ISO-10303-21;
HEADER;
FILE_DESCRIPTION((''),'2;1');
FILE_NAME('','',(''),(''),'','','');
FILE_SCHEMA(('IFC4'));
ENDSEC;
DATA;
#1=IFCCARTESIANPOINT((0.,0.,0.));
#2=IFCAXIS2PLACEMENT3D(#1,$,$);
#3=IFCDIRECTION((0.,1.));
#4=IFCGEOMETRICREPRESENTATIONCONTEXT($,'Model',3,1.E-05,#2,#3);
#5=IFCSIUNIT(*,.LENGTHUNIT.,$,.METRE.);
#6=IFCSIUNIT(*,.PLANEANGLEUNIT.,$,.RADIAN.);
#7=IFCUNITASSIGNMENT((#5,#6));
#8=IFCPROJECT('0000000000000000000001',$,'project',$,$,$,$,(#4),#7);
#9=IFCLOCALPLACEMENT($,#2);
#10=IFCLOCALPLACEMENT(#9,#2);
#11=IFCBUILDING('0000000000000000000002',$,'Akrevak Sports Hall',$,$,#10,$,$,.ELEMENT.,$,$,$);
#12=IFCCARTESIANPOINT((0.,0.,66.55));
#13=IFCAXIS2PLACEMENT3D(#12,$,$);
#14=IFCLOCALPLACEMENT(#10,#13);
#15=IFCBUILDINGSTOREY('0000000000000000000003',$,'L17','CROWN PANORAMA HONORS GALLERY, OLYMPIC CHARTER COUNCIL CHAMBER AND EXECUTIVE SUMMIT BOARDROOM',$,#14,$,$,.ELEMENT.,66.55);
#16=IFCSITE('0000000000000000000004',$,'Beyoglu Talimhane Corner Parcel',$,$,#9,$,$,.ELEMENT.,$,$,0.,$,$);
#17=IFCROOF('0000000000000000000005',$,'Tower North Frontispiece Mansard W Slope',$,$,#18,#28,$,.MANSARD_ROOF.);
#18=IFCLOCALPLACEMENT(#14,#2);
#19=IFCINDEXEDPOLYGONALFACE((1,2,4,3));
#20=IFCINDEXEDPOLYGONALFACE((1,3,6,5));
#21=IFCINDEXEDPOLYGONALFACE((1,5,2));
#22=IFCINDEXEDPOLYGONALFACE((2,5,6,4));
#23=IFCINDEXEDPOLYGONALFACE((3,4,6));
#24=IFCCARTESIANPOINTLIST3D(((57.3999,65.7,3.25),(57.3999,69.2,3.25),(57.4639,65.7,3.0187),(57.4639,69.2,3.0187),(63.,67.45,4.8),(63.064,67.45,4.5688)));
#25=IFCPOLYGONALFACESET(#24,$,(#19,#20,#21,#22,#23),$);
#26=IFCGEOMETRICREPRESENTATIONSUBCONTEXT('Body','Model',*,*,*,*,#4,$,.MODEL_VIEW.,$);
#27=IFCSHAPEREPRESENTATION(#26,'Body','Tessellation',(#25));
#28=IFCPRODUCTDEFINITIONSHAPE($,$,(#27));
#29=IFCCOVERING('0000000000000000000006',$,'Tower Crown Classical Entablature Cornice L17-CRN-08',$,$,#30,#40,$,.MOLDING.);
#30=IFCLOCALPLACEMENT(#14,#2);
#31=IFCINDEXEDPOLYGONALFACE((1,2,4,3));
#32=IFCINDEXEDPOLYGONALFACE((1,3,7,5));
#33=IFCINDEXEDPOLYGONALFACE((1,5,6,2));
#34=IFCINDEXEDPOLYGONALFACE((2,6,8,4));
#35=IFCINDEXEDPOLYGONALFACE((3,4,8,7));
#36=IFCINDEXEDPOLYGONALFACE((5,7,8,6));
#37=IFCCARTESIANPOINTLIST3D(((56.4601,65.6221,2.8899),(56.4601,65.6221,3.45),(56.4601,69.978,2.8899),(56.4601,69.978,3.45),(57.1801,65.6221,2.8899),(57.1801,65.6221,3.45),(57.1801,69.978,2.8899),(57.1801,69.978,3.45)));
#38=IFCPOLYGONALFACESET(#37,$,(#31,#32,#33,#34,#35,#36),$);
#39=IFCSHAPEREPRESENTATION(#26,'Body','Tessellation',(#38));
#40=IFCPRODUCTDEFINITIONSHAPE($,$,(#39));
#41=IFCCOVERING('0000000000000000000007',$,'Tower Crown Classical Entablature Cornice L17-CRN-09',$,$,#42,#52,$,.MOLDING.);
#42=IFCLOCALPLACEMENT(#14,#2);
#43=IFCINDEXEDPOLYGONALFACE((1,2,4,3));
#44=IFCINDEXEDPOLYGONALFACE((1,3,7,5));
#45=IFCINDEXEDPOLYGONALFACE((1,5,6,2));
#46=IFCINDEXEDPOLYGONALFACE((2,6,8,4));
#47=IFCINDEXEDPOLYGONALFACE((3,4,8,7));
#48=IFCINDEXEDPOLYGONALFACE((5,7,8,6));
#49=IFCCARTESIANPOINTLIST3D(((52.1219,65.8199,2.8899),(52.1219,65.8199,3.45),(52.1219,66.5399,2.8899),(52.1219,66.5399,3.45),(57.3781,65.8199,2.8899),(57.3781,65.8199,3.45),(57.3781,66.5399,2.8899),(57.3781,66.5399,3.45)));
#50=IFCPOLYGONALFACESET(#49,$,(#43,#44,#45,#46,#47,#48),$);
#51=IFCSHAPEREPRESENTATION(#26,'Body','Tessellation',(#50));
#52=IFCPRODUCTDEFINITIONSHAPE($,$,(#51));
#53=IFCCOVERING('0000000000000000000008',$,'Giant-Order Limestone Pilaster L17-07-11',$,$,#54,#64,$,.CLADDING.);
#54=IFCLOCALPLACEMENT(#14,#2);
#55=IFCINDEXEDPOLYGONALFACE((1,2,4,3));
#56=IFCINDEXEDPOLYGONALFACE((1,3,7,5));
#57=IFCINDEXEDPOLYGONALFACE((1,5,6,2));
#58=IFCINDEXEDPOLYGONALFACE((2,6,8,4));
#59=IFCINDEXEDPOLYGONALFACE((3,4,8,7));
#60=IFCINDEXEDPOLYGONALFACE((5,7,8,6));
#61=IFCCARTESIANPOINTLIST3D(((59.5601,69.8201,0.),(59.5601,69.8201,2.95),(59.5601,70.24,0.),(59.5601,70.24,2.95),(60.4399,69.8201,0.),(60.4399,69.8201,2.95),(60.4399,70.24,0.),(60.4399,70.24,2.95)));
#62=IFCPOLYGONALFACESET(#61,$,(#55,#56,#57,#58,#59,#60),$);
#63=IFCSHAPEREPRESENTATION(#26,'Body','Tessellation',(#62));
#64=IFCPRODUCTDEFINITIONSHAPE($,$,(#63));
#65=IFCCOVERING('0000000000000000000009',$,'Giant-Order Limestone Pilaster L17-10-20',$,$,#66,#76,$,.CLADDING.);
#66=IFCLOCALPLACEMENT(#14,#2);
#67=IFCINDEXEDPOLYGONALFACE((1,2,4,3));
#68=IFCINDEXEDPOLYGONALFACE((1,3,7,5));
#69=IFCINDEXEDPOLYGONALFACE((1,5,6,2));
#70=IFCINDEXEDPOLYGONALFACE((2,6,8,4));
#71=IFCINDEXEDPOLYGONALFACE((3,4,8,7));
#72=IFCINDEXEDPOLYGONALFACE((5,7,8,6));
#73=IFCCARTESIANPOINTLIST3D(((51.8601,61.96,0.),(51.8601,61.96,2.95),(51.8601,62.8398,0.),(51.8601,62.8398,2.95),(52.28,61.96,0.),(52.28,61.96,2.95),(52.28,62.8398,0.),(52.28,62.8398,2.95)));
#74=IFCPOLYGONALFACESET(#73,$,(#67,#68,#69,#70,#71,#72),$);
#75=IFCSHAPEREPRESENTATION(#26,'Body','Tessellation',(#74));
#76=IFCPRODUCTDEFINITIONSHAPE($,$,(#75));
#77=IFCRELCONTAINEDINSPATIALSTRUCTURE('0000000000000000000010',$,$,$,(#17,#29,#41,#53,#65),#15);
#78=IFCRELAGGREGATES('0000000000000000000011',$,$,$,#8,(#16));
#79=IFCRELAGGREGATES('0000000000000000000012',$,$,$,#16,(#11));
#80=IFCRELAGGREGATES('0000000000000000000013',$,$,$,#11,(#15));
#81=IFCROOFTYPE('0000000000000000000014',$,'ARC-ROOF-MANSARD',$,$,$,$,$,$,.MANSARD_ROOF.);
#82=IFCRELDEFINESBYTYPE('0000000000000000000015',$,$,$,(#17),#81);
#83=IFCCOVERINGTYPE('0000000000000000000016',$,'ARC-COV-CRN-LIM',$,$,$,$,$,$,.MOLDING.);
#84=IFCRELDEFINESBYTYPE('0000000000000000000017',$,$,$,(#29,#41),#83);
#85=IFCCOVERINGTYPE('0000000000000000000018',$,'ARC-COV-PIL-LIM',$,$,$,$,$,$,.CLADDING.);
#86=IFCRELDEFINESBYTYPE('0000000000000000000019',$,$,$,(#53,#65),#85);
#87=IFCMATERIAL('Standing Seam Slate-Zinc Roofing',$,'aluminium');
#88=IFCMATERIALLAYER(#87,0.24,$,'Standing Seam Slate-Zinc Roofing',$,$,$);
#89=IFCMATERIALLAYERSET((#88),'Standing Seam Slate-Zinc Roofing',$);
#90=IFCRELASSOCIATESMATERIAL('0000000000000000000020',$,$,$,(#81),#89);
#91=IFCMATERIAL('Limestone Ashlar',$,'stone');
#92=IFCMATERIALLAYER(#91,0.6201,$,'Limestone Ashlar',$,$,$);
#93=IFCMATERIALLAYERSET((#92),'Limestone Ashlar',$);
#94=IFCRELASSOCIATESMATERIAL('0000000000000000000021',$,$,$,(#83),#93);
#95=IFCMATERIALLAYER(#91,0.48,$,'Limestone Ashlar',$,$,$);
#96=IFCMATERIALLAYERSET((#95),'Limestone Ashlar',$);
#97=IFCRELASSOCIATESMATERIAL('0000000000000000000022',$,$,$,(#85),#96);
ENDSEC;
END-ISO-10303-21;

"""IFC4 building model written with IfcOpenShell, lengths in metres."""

from ifc_helpers import new_model, si_unit, direction, frame, origin, origin_2d, place, context, subcontext, project, spatial, polyline, rectangle, outline, extrude, material, layer, layer_set, type_object, element, save


model = new_model("IFC4")

# Units and contexts
model_context = context("Model", 3, precision=1e-05, world=origin(), true_north=direction((0.0, 1.0)))
body_context = subcontext(model_context, "Body", "Model", "MODEL_VIEW")
ifc_project = project(units=[si_unit("LENGTHUNIT", "METRE"), si_unit("PLANEANGLEUNIT", "RADIAN")], contexts=[model_context])

# Site, building, storey
site_placement = place(None, origin())
site = spatial("IfcSite", under=ifc_project, at=site_placement, Name="Beyoglu Talimhane Corner Parcel", CompositionType="ELEMENT", RefElevation=0.0)
building_placement = place(site_placement, origin())
building = spatial("IfcBuilding", under=site, at=building_placement, Name="Akrevak Sports Hall", CompositionType="ELEMENT")
storey_placement = place(building_placement, frame((0.0, 0.0, 66.55)))
storey = spatial("IfcBuildingStorey", under=building, at=storey_placement, Name="L17", Description="CROWN PANORAMA HONORS GALLERY, OLYMPIC CHARTER COUNCIL CHAMBER AND EXECUTIVE SUMMIT BOARDROOM", CompositionType="ELEMENT", Elevation=66.55)

# Shared definitions
ifc_material_1 = material(Name="Limestone Ashlar", Category="stone")

# Roof
ifc_material_2 = material(Name="Standing Seam Slate-Zinc Roofing", Category="aluminium")
ifc_layer_1 = layer(ifc_material_2, 0.24, Name="Standing Seam Slate-Zinc Roofing")
ifc_layer_set_1 = layer_set([ifc_layer_1], Name="Standing Seam Slate-Zinc Roofing")
roof_type = type_object("IfcRoofType", Name="ARC-ROOF-MANSARD", PredefinedType="MANSARD_ROOF", material=ifc_layer_set_1)
roof_1_placement = place(storey_placement, frame((57.3999, 69.2, 3.25), z_axis=(-0.26676, 0.0, 0.963763), x_axis=(0.0, -1.0, 0.0)))
element("IfcRoof", 1, at=roof_1_placement, inside=storey, type_object=roof_type, Name="Tower North Frontispiece Mansard W Slope", PredefinedType="MANSARD_ROOF", context=body_context, shape_type="SweptSolid", body=[
    extrude(outline(polyline([(0.0, 0.0), (3.5, 0.0), (1.75, 5.8107), (0.0, 0.0)])), origin(), (0.0, 0.0, -1.0), 0.24),
])

# Coverings
ifc_layer_2 = layer(ifc_material_1, 0.6201, Name="Limestone Ashlar")
ifc_layer_set_2 = layer_set([ifc_layer_2], Name="Limestone Ashlar")
covering_type_1 = type_object("IfcCoveringType", Name="ARC-COV-CRN-LIM", PredefinedType="MOLDING", material=ifc_layer_set_2)
covering_1_placement = place(storey_placement, frame((56.8201, 67.8, 2.8899), z_axis=(0.0, 0.0, 1.0), x_axis=(0.0, -1.0, 0.0)))
element("IfcCovering", 2, at=covering_1_placement, inside=storey, type_object=covering_type_1, Name="Tower Crown Classical Entablature Cornice L17-CRN-08", PredefinedType="MOLDING", context=body_context, shape_type="SweptSolid", body=[
    extrude(rectangle(XDim=4.356, YDim=0.72, at=origin_2d()), origin(), (0.0, 0.0, 1.0), 0.5601),
])
covering_2_placement = place(storey_placement, frame((54.75, 66.1799, 2.8899), z_axis=(0.0, 0.0, 1.0), x_axis=(-1.0, 0.0, 0.0)))
element("IfcCovering", 3, at=covering_2_placement, inside=storey, type_object=covering_type_1, Name="Tower Crown Classical Entablature Cornice L17-CRN-09", PredefinedType="MOLDING", context=body_context, shape_type="SweptSolid", body=[
    extrude(rectangle(XDim=5.2561, YDim=0.72, at=origin_2d()), origin(), (0.0, 0.0, 1.0), 0.5601),
])
ifc_layer_3 = layer(ifc_material_1, 0.48, Name="Limestone Ashlar")
ifc_layer_set_3 = layer_set([ifc_layer_3], Name="Limestone Ashlar")
covering_type_2 = type_object("IfcCoveringType", Name="ARC-COV-PIL-LIM", PredefinedType="CLADDING", material=ifc_layer_set_3)
for number, where, z_axis, x_axis, name in (
    (4, (60.0, 70.03, 0.0), (0.0, 0.0, 1.0), (-1.0, 0.0, 0.0), "Giant-Order Limestone Pilaster L17-07-11"),
    (5, (52.0701, 62.3999, 0.0), (0.0, 0.0, 1.0), (0.0, -1.0, 0.0), "Giant-Order Limestone Pilaster L17-10-20"),
):
    element("IfcCovering", number, at=place(storey_placement, frame(where, z_axis=z_axis, x_axis=x_axis)), inside=storey, type_object=covering_type_2, Name=name, PredefinedType="CLADDING", context=body_context, shape_type="SweptSolid", body=[
        extrude(rectangle(XDim=0.8799, YDim=0.4199, at=origin_2d()), origin(), (0.0, 0.0, 1.0), 2.95),
    ])

save(model, "model.ifc")
